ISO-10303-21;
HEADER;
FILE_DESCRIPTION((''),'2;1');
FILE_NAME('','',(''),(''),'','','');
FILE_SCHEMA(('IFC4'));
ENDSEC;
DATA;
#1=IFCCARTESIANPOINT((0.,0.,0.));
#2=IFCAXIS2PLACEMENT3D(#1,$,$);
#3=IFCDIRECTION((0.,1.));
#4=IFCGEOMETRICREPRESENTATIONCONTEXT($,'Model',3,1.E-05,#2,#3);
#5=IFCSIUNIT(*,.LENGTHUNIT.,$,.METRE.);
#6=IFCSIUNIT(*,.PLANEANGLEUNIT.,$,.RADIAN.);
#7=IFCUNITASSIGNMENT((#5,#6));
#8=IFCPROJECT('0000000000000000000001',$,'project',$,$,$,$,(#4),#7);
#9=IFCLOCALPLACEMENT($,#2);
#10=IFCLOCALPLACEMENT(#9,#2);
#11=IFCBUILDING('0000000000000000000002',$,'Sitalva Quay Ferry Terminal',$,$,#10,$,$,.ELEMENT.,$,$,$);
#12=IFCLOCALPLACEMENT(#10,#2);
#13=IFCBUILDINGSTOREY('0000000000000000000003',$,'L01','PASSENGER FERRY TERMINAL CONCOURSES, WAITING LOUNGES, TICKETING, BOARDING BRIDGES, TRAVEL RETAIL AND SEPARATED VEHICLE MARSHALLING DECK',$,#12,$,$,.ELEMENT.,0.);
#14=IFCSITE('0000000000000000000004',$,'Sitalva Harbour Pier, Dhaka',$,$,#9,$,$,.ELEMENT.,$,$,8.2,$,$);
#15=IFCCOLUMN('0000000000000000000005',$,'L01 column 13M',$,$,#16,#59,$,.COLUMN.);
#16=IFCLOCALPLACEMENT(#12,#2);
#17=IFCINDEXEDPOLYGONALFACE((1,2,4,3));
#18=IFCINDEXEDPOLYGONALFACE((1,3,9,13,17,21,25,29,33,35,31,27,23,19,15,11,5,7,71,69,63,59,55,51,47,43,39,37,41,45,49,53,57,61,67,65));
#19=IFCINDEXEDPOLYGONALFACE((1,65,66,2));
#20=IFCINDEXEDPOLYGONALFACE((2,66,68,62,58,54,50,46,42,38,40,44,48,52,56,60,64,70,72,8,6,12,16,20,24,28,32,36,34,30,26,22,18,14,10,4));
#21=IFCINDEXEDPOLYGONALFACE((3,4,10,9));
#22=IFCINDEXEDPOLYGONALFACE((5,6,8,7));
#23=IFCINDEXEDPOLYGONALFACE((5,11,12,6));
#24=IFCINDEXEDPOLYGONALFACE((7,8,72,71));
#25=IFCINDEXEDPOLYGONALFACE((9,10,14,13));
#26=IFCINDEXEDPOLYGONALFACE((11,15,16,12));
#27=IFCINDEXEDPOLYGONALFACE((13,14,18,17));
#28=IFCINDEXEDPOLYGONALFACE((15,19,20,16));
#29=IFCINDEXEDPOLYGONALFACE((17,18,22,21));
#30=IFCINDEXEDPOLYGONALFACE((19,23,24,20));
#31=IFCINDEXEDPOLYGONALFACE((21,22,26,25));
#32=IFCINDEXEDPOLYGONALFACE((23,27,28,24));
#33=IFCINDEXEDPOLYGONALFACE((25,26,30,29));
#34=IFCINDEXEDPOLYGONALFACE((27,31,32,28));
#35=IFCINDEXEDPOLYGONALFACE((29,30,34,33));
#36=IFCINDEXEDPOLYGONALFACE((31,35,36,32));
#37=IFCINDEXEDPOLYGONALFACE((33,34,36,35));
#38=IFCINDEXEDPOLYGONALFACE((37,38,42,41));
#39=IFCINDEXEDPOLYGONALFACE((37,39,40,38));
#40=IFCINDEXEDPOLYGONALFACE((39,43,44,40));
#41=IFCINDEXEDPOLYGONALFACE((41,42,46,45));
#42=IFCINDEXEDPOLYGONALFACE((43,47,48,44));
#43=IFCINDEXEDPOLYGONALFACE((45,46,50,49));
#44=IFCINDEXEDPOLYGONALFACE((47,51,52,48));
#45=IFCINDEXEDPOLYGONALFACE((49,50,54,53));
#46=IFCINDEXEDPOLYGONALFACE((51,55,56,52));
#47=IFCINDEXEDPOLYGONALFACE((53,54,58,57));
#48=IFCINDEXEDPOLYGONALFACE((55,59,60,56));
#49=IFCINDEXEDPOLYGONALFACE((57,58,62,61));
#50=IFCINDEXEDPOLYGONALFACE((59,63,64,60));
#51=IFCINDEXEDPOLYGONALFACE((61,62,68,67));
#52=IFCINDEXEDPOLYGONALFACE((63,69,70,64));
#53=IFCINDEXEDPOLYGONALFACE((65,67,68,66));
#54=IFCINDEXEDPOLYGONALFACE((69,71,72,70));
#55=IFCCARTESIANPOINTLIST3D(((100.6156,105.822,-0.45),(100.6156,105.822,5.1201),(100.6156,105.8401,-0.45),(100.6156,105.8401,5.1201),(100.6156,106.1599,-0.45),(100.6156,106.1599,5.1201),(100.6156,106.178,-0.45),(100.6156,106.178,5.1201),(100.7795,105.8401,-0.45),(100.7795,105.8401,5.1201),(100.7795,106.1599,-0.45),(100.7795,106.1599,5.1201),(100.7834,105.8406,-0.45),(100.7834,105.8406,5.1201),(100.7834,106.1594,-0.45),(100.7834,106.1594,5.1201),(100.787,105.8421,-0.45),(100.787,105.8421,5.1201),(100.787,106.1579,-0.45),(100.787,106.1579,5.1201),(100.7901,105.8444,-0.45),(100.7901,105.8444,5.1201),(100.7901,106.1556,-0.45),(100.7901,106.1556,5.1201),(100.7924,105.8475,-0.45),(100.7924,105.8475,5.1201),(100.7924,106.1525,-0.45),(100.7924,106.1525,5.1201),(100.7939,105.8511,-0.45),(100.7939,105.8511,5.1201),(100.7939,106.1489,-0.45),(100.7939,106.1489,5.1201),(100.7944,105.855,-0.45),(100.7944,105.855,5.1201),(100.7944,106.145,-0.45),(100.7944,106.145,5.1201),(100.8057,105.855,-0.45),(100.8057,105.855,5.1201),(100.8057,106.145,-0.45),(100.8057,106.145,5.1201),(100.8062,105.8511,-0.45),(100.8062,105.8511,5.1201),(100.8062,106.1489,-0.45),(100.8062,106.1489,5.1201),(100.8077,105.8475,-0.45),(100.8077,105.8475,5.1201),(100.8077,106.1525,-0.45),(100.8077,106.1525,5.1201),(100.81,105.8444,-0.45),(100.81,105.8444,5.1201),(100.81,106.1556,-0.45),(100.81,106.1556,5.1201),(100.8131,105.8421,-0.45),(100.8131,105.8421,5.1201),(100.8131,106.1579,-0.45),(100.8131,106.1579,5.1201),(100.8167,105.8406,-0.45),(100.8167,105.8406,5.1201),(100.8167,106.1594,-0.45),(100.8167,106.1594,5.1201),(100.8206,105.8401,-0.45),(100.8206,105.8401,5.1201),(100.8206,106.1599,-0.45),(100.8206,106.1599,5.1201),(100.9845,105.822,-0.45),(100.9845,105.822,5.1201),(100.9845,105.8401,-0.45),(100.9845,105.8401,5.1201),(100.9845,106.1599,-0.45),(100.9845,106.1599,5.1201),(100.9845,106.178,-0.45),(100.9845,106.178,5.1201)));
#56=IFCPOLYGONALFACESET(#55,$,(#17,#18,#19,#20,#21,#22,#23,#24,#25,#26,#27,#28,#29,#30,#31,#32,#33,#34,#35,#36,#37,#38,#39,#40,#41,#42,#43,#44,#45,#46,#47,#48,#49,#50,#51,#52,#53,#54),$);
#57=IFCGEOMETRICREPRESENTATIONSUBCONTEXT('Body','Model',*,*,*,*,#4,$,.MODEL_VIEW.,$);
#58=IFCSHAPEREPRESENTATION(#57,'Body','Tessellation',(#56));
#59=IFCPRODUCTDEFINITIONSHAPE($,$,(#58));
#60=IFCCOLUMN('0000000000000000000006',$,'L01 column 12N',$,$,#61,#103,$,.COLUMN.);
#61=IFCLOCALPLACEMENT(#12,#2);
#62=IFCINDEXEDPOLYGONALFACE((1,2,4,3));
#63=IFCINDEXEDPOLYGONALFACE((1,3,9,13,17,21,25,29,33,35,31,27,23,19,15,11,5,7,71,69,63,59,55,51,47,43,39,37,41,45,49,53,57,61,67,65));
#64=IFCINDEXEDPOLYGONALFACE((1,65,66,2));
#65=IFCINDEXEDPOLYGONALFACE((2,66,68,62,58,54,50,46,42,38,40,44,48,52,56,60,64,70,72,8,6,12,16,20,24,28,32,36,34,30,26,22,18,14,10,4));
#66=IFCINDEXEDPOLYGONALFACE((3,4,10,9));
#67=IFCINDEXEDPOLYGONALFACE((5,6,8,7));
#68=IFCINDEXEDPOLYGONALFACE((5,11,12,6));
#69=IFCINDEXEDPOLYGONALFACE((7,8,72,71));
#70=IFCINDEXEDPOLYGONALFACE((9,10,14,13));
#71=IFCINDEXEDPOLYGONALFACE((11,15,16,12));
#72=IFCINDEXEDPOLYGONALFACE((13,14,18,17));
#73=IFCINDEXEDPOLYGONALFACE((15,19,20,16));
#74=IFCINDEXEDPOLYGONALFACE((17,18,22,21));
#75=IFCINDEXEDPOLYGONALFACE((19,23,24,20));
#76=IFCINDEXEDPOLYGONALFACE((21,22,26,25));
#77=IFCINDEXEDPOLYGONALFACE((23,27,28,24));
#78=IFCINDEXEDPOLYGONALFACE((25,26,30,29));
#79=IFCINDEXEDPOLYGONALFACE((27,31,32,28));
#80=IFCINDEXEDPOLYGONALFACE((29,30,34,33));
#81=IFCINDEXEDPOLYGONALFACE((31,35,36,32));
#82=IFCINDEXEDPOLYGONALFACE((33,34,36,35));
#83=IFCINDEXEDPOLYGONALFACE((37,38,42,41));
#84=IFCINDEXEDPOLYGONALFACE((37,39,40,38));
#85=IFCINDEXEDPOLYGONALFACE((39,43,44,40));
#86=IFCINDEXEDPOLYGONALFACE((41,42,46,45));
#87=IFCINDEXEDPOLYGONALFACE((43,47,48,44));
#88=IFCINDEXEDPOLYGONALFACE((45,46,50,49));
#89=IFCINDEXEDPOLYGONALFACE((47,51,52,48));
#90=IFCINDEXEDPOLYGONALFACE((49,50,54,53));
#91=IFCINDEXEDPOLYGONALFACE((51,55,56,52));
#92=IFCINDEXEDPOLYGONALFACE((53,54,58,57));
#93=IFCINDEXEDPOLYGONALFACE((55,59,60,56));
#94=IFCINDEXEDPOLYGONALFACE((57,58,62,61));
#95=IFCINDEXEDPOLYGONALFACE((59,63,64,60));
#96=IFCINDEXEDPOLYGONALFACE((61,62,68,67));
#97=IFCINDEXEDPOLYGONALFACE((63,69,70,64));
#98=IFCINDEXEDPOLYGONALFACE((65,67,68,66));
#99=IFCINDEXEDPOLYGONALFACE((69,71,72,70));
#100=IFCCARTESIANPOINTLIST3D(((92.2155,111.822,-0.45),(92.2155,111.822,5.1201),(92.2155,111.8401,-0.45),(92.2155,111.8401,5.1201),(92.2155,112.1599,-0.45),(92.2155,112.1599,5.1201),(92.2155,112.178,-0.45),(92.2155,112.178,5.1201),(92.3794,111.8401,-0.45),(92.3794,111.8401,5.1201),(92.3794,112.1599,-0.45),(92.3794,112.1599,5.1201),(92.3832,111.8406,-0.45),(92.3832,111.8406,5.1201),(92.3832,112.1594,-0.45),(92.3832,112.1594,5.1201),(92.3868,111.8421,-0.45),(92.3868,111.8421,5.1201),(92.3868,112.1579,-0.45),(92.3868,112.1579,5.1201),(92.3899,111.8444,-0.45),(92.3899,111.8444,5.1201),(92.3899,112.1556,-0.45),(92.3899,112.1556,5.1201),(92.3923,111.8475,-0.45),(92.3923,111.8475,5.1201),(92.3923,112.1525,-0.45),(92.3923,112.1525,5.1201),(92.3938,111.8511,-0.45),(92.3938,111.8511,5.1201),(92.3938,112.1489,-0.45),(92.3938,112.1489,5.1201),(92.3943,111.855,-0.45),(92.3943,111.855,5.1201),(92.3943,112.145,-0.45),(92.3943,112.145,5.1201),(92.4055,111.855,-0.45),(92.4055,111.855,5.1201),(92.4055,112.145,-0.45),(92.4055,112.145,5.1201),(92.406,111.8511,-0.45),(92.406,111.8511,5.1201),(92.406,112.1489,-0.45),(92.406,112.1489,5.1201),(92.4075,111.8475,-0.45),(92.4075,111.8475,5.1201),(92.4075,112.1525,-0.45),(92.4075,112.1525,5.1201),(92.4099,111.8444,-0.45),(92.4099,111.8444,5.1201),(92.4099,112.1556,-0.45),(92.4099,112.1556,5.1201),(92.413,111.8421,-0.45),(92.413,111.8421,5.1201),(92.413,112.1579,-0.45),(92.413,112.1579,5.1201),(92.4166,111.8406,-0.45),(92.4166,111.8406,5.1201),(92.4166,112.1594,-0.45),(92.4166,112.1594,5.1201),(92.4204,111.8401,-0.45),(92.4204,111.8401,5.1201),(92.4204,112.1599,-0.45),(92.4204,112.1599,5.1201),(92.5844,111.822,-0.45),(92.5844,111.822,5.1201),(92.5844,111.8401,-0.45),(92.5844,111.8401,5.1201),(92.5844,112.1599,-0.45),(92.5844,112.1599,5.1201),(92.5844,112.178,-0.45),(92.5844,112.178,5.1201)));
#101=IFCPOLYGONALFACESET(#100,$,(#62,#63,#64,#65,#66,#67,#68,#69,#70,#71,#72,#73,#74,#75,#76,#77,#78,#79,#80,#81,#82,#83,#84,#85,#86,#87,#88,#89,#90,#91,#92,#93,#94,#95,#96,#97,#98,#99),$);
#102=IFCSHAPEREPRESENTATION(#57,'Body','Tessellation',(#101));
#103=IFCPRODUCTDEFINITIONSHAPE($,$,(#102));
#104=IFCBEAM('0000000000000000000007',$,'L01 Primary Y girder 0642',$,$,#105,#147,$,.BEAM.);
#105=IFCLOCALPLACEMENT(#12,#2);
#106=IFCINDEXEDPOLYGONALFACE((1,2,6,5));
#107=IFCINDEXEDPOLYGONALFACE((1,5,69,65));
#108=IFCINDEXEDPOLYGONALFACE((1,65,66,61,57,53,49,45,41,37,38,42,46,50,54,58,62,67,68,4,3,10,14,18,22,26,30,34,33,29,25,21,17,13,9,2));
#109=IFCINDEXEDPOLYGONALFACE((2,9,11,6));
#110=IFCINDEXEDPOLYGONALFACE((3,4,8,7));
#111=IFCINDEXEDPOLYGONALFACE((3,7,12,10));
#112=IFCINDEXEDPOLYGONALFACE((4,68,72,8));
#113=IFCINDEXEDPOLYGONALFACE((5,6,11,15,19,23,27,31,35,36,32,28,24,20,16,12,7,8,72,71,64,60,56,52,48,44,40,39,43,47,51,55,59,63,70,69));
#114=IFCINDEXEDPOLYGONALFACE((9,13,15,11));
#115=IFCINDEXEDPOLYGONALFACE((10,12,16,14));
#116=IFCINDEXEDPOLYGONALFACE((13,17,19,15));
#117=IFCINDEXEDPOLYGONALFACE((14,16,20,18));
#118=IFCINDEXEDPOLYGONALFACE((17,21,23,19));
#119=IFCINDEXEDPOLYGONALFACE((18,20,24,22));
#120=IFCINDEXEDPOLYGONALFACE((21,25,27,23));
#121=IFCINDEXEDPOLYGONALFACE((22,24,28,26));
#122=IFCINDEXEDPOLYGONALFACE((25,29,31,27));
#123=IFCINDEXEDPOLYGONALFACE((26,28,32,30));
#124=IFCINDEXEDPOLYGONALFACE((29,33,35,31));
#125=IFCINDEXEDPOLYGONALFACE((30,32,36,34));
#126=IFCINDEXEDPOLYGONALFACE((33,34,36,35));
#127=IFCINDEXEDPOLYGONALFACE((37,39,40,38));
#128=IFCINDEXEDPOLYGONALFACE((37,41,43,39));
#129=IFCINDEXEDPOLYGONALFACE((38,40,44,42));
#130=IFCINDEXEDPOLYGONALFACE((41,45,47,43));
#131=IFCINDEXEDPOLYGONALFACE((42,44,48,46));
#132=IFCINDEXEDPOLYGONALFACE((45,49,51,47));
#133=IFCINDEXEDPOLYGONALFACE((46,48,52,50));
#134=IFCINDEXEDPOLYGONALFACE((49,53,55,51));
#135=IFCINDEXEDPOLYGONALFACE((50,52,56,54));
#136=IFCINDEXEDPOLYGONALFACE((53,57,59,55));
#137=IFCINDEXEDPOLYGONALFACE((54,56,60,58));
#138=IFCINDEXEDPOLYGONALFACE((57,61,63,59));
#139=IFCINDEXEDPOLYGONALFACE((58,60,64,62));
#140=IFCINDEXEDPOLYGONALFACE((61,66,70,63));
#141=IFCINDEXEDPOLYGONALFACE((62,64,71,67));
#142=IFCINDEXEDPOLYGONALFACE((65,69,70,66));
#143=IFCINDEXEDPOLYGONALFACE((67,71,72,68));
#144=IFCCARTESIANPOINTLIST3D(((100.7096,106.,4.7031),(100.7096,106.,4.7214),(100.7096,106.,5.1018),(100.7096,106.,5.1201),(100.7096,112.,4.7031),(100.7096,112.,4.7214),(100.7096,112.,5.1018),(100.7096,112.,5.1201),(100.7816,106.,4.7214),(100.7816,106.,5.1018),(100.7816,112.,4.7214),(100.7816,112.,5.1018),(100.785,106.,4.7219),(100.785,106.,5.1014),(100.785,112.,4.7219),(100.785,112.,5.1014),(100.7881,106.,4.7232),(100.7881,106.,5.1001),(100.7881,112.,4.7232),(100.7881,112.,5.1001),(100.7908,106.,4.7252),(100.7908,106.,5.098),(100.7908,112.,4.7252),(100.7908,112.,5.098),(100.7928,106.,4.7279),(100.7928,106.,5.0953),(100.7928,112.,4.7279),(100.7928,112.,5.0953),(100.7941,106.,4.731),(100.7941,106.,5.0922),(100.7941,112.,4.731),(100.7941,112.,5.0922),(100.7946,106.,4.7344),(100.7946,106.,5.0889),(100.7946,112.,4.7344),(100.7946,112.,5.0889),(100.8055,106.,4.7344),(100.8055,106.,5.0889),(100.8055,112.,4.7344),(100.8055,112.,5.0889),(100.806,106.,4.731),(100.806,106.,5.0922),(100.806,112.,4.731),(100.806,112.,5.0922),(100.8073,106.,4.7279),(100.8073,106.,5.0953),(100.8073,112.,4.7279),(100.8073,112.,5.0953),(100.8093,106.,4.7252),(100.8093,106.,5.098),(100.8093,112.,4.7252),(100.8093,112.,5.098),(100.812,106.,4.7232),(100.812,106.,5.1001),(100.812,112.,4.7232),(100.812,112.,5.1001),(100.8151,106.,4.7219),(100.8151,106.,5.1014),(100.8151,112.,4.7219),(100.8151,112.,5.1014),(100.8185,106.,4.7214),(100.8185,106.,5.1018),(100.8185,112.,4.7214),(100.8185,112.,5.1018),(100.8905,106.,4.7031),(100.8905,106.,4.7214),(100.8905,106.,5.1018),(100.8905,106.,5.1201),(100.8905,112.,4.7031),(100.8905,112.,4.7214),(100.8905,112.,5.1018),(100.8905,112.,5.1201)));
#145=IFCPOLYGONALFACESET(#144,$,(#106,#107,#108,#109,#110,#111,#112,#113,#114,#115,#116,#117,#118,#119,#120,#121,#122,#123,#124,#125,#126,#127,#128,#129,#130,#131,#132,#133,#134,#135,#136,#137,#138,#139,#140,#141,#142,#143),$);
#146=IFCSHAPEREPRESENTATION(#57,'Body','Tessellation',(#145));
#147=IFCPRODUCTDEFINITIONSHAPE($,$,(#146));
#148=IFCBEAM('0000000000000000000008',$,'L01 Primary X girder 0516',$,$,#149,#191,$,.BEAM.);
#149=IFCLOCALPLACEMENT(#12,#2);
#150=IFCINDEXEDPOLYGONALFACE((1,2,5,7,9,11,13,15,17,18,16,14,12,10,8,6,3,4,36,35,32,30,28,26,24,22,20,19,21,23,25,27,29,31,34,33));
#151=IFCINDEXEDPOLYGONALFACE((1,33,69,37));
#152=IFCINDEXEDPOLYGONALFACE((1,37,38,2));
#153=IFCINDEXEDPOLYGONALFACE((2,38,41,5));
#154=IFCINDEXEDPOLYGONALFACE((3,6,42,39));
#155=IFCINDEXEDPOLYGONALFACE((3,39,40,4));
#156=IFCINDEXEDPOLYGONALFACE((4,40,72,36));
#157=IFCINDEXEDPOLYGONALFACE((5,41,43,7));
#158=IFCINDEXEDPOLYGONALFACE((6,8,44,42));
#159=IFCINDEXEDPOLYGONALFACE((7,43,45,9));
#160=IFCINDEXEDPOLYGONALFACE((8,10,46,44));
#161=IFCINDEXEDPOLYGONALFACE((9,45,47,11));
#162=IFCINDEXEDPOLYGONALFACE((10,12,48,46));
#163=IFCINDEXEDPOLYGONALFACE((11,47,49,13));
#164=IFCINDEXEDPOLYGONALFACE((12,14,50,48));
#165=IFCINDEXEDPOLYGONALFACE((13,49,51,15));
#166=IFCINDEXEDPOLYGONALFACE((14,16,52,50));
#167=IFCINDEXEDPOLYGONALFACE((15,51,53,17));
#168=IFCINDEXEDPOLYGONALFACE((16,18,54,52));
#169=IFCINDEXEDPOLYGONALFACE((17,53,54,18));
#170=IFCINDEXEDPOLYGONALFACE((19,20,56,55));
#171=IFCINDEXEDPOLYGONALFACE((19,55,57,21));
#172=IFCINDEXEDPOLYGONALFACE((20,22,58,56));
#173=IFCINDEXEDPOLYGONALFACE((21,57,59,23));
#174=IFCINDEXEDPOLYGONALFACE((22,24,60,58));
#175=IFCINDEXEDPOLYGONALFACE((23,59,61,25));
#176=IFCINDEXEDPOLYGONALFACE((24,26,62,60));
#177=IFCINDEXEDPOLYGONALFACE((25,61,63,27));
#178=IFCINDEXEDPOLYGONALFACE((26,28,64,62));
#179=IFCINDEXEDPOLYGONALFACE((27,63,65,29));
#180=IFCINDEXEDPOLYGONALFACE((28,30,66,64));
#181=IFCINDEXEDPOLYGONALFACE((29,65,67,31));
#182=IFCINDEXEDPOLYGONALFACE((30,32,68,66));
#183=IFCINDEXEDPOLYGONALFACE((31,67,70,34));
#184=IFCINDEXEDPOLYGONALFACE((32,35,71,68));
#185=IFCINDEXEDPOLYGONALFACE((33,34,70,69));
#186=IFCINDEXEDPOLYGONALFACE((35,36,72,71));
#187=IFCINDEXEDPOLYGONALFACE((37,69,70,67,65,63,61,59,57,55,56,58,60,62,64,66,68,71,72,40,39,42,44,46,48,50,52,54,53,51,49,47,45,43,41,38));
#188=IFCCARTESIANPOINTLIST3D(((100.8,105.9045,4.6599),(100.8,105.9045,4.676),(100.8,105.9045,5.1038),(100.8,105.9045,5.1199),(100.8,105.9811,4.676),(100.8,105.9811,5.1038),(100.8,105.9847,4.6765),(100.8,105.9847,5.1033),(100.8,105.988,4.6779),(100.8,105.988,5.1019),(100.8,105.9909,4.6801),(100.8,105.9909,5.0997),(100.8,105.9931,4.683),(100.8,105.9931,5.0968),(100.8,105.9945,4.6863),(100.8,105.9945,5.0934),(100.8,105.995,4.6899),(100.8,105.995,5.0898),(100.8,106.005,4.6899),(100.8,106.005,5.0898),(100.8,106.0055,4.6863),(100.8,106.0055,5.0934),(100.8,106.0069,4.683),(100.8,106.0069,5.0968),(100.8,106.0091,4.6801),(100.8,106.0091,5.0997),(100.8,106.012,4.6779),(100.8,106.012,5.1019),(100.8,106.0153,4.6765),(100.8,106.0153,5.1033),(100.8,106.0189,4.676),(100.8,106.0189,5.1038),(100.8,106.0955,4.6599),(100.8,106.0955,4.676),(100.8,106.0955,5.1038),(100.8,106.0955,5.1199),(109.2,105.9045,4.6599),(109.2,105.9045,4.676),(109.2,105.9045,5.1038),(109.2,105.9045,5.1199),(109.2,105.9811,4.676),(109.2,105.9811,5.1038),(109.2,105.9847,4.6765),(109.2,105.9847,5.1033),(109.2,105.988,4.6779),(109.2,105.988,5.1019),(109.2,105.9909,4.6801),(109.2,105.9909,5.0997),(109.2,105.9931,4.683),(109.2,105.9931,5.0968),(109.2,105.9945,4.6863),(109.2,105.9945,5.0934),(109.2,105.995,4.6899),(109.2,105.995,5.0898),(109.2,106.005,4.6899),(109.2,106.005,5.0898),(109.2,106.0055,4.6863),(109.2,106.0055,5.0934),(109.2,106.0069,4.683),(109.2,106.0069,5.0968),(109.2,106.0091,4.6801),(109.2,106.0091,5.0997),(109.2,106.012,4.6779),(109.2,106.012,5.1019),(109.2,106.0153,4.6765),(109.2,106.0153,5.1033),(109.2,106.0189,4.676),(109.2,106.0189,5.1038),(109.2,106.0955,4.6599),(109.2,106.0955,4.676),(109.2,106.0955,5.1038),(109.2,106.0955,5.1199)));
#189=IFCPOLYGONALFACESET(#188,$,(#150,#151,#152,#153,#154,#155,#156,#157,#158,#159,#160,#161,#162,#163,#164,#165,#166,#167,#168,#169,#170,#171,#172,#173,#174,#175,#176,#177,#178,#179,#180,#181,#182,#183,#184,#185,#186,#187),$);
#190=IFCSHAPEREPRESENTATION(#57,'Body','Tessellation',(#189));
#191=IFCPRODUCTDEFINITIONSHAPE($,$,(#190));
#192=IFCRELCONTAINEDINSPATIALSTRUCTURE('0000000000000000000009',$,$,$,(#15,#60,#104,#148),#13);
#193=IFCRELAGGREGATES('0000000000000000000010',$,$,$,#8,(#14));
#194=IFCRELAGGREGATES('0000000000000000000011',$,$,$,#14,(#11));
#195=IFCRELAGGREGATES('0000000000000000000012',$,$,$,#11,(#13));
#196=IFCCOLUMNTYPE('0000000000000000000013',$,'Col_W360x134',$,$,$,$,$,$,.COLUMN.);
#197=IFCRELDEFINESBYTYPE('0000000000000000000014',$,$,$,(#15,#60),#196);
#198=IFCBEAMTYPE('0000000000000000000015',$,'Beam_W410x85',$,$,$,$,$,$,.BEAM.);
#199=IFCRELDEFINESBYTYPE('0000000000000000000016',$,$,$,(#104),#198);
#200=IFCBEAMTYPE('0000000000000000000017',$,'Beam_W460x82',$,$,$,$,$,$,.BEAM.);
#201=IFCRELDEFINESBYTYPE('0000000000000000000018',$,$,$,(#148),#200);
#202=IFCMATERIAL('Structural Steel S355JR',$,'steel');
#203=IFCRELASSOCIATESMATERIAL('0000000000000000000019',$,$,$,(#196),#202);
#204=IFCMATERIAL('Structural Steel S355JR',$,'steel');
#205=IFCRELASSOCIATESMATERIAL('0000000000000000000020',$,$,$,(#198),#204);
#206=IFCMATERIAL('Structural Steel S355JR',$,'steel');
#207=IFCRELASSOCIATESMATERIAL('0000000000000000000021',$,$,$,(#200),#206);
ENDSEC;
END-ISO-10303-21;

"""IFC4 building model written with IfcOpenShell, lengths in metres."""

from ifc_helpers import new_model, si_unit, direction, frame, origin, origin_2d, place, context, subcontext, project, spatial, i_section, extrude, material, material_profile, profile_set, type_object, element, save


model = new_model("IFC4")

# Units and contexts
model_context = context("Model", 3, precision=1e-05, world=origin(), true_north=direction((0.0, 1.0)))
body_context = subcontext(model_context, "Body", "Model", "MODEL_VIEW")
ifc_project = project(units=[si_unit("LENGTHUNIT", "METRE"), si_unit("PLANEANGLEUNIT", "RADIAN")], contexts=[model_context])

# Site, building, storey
site_placement = place(None, origin())
site = spatial("IfcSite", under=ifc_project, at=site_placement, Name="Sitalva Harbour Pier, Dhaka", CompositionType="ELEMENT", RefElevation=8.2)
building_placement = place(site_placement, origin())
building = spatial("IfcBuilding", under=site, at=building_placement, Name="Sitalva Quay Ferry Terminal", CompositionType="ELEMENT")
storey_placement = place(building_placement, origin())
storey = spatial("IfcBuildingStorey", under=building, at=storey_placement, Name="L01", Description="PASSENGER FERRY TERMINAL CONCOURSES, WAITING LOUNGES, TICKETING, BOARDING BRIDGES, TRAVEL RETAIL AND SEPARATED VEHICLE MARSHALLING DECK", CompositionType="ELEMENT", Elevation=0.0)

# Columns
ifc_material_1 = material(Name="Structural Steel S355JR", Category="steel")
ifc_material_profile_1 = material_profile(ifc_material_1, i_section(OverallWidth=0.3689, OverallDepth=0.356, WebThickness=0.0112, FlangeThickness=0.0181, FilletRadius=0.0149, at=origin_2d()), Name="W360x134")
ifc_profile_set_1 = profile_set([ifc_material_profile_1], Name="Structural Steel S355JR")
column_type = type_object("IfcColumnType", Name="Col_W360x134", PredefinedType="COLUMN", material=ifc_profile_set_1)
for number, where, z_axis, x_axis, name in (
    (1, (100.8, 106.0, -0.45), (0.0, 0.0, 1.0), (1.0, 0.0, 0.0), "L01 column 13M"),
    (2, (92.3999, 112.0, -0.45), (0.0, 0.0, 1.0), (1.0, 0.0, 0.0), "L01 column 12N"),
):
    element("IfcColumn", number, at=place(storey_placement, frame(where, z_axis=z_axis, x_axis=x_axis)), inside=storey, type_object=column_type, Name=name, PredefinedType="COLUMN", context=body_context, shape_type="SweptSolid", body=[
        extrude(i_section(OverallWidth=0.3689, OverallDepth=0.356, WebThickness=0.0112, FlangeThickness=0.0181, FilletRadius=0.0149, at=origin_2d()), origin(), (0.0, 0.0, 1.0), 5.5701),
    ])

# Beams
ifc_material_2 = material(Name="Structural Steel S355JR", Category="steel")
ifc_material_profile_2 = material_profile(ifc_material_2, i_section(OverallWidth=0.1809, OverallDepth=0.417, WebThickness=0.011, FlangeThickness=0.0183, FilletRadius=0.0129, at=origin_2d()), Name="W410x85")
ifc_profile_set_2 = profile_set([ifc_material_profile_2], Name="Structural Steel S355JR")
beam_type_1 = type_object("IfcBeamType", Name="Beam_W410x85", PredefinedType="BEAM", material=ifc_profile_set_2)
beam_1_placement = place(storey_placement, frame((100.8, 106.0, 4.9116), z_axis=(0.0, 1.0, 0.0), x_axis=(-1.0, 0.0, 0.0)))
element("IfcBeam", 3, at=beam_1_placement, inside=storey, type_object=beam_type_1, Name="L01 Primary Y girder 0642", PredefinedType="BEAM", context=body_context, shape_type="SweptSolid", body=[
    extrude(i_section(OverallWidth=0.1809, OverallDepth=0.417, WebThickness=0.011, FlangeThickness=0.0183, FilletRadius=0.0129, at=origin_2d()), origin(), (0.0, 0.0, 1.0), 6.0),
])
ifc_material_3 = material(Name="Structural Steel S355JR", Category="steel")
ifc_material_profile_3 = material_profile(ifc_material_3, i_section(OverallWidth=0.1909, OverallDepth=0.46, WebThickness=0.01, FlangeThickness=0.0161, FilletRadius=0.0139, at=origin_2d()), Name="W460x82")
ifc_profile_set_3 = profile_set([ifc_material_profile_3], Name="Structural Steel S355JR")
beam_type_2 = type_object("IfcBeamType", Name="Beam_W460x82", PredefinedType="BEAM", material=ifc_profile_set_3)
beam_2_placement = place(storey_placement, frame((100.8, 106.0, 4.8899), z_axis=(1.0, 0.0, 0.0), x_axis=(0.0, 1.0, 0.0)))
element("IfcBeam", 4, at=beam_2_placement, inside=storey, type_object=beam_type_2, Name="L01 Primary X girder 0516", PredefinedType="BEAM", context=body_context, shape_type="SweptSolid", body=[
    extrude(i_section(OverallWidth=0.1909, OverallDepth=0.46, WebThickness=0.01, FlangeThickness=0.0161, FilletRadius=0.0139, at=origin_2d()), origin(), (0.0, 0.0, 1.0), 8.3999),
])

save(model, "model.ifc")
